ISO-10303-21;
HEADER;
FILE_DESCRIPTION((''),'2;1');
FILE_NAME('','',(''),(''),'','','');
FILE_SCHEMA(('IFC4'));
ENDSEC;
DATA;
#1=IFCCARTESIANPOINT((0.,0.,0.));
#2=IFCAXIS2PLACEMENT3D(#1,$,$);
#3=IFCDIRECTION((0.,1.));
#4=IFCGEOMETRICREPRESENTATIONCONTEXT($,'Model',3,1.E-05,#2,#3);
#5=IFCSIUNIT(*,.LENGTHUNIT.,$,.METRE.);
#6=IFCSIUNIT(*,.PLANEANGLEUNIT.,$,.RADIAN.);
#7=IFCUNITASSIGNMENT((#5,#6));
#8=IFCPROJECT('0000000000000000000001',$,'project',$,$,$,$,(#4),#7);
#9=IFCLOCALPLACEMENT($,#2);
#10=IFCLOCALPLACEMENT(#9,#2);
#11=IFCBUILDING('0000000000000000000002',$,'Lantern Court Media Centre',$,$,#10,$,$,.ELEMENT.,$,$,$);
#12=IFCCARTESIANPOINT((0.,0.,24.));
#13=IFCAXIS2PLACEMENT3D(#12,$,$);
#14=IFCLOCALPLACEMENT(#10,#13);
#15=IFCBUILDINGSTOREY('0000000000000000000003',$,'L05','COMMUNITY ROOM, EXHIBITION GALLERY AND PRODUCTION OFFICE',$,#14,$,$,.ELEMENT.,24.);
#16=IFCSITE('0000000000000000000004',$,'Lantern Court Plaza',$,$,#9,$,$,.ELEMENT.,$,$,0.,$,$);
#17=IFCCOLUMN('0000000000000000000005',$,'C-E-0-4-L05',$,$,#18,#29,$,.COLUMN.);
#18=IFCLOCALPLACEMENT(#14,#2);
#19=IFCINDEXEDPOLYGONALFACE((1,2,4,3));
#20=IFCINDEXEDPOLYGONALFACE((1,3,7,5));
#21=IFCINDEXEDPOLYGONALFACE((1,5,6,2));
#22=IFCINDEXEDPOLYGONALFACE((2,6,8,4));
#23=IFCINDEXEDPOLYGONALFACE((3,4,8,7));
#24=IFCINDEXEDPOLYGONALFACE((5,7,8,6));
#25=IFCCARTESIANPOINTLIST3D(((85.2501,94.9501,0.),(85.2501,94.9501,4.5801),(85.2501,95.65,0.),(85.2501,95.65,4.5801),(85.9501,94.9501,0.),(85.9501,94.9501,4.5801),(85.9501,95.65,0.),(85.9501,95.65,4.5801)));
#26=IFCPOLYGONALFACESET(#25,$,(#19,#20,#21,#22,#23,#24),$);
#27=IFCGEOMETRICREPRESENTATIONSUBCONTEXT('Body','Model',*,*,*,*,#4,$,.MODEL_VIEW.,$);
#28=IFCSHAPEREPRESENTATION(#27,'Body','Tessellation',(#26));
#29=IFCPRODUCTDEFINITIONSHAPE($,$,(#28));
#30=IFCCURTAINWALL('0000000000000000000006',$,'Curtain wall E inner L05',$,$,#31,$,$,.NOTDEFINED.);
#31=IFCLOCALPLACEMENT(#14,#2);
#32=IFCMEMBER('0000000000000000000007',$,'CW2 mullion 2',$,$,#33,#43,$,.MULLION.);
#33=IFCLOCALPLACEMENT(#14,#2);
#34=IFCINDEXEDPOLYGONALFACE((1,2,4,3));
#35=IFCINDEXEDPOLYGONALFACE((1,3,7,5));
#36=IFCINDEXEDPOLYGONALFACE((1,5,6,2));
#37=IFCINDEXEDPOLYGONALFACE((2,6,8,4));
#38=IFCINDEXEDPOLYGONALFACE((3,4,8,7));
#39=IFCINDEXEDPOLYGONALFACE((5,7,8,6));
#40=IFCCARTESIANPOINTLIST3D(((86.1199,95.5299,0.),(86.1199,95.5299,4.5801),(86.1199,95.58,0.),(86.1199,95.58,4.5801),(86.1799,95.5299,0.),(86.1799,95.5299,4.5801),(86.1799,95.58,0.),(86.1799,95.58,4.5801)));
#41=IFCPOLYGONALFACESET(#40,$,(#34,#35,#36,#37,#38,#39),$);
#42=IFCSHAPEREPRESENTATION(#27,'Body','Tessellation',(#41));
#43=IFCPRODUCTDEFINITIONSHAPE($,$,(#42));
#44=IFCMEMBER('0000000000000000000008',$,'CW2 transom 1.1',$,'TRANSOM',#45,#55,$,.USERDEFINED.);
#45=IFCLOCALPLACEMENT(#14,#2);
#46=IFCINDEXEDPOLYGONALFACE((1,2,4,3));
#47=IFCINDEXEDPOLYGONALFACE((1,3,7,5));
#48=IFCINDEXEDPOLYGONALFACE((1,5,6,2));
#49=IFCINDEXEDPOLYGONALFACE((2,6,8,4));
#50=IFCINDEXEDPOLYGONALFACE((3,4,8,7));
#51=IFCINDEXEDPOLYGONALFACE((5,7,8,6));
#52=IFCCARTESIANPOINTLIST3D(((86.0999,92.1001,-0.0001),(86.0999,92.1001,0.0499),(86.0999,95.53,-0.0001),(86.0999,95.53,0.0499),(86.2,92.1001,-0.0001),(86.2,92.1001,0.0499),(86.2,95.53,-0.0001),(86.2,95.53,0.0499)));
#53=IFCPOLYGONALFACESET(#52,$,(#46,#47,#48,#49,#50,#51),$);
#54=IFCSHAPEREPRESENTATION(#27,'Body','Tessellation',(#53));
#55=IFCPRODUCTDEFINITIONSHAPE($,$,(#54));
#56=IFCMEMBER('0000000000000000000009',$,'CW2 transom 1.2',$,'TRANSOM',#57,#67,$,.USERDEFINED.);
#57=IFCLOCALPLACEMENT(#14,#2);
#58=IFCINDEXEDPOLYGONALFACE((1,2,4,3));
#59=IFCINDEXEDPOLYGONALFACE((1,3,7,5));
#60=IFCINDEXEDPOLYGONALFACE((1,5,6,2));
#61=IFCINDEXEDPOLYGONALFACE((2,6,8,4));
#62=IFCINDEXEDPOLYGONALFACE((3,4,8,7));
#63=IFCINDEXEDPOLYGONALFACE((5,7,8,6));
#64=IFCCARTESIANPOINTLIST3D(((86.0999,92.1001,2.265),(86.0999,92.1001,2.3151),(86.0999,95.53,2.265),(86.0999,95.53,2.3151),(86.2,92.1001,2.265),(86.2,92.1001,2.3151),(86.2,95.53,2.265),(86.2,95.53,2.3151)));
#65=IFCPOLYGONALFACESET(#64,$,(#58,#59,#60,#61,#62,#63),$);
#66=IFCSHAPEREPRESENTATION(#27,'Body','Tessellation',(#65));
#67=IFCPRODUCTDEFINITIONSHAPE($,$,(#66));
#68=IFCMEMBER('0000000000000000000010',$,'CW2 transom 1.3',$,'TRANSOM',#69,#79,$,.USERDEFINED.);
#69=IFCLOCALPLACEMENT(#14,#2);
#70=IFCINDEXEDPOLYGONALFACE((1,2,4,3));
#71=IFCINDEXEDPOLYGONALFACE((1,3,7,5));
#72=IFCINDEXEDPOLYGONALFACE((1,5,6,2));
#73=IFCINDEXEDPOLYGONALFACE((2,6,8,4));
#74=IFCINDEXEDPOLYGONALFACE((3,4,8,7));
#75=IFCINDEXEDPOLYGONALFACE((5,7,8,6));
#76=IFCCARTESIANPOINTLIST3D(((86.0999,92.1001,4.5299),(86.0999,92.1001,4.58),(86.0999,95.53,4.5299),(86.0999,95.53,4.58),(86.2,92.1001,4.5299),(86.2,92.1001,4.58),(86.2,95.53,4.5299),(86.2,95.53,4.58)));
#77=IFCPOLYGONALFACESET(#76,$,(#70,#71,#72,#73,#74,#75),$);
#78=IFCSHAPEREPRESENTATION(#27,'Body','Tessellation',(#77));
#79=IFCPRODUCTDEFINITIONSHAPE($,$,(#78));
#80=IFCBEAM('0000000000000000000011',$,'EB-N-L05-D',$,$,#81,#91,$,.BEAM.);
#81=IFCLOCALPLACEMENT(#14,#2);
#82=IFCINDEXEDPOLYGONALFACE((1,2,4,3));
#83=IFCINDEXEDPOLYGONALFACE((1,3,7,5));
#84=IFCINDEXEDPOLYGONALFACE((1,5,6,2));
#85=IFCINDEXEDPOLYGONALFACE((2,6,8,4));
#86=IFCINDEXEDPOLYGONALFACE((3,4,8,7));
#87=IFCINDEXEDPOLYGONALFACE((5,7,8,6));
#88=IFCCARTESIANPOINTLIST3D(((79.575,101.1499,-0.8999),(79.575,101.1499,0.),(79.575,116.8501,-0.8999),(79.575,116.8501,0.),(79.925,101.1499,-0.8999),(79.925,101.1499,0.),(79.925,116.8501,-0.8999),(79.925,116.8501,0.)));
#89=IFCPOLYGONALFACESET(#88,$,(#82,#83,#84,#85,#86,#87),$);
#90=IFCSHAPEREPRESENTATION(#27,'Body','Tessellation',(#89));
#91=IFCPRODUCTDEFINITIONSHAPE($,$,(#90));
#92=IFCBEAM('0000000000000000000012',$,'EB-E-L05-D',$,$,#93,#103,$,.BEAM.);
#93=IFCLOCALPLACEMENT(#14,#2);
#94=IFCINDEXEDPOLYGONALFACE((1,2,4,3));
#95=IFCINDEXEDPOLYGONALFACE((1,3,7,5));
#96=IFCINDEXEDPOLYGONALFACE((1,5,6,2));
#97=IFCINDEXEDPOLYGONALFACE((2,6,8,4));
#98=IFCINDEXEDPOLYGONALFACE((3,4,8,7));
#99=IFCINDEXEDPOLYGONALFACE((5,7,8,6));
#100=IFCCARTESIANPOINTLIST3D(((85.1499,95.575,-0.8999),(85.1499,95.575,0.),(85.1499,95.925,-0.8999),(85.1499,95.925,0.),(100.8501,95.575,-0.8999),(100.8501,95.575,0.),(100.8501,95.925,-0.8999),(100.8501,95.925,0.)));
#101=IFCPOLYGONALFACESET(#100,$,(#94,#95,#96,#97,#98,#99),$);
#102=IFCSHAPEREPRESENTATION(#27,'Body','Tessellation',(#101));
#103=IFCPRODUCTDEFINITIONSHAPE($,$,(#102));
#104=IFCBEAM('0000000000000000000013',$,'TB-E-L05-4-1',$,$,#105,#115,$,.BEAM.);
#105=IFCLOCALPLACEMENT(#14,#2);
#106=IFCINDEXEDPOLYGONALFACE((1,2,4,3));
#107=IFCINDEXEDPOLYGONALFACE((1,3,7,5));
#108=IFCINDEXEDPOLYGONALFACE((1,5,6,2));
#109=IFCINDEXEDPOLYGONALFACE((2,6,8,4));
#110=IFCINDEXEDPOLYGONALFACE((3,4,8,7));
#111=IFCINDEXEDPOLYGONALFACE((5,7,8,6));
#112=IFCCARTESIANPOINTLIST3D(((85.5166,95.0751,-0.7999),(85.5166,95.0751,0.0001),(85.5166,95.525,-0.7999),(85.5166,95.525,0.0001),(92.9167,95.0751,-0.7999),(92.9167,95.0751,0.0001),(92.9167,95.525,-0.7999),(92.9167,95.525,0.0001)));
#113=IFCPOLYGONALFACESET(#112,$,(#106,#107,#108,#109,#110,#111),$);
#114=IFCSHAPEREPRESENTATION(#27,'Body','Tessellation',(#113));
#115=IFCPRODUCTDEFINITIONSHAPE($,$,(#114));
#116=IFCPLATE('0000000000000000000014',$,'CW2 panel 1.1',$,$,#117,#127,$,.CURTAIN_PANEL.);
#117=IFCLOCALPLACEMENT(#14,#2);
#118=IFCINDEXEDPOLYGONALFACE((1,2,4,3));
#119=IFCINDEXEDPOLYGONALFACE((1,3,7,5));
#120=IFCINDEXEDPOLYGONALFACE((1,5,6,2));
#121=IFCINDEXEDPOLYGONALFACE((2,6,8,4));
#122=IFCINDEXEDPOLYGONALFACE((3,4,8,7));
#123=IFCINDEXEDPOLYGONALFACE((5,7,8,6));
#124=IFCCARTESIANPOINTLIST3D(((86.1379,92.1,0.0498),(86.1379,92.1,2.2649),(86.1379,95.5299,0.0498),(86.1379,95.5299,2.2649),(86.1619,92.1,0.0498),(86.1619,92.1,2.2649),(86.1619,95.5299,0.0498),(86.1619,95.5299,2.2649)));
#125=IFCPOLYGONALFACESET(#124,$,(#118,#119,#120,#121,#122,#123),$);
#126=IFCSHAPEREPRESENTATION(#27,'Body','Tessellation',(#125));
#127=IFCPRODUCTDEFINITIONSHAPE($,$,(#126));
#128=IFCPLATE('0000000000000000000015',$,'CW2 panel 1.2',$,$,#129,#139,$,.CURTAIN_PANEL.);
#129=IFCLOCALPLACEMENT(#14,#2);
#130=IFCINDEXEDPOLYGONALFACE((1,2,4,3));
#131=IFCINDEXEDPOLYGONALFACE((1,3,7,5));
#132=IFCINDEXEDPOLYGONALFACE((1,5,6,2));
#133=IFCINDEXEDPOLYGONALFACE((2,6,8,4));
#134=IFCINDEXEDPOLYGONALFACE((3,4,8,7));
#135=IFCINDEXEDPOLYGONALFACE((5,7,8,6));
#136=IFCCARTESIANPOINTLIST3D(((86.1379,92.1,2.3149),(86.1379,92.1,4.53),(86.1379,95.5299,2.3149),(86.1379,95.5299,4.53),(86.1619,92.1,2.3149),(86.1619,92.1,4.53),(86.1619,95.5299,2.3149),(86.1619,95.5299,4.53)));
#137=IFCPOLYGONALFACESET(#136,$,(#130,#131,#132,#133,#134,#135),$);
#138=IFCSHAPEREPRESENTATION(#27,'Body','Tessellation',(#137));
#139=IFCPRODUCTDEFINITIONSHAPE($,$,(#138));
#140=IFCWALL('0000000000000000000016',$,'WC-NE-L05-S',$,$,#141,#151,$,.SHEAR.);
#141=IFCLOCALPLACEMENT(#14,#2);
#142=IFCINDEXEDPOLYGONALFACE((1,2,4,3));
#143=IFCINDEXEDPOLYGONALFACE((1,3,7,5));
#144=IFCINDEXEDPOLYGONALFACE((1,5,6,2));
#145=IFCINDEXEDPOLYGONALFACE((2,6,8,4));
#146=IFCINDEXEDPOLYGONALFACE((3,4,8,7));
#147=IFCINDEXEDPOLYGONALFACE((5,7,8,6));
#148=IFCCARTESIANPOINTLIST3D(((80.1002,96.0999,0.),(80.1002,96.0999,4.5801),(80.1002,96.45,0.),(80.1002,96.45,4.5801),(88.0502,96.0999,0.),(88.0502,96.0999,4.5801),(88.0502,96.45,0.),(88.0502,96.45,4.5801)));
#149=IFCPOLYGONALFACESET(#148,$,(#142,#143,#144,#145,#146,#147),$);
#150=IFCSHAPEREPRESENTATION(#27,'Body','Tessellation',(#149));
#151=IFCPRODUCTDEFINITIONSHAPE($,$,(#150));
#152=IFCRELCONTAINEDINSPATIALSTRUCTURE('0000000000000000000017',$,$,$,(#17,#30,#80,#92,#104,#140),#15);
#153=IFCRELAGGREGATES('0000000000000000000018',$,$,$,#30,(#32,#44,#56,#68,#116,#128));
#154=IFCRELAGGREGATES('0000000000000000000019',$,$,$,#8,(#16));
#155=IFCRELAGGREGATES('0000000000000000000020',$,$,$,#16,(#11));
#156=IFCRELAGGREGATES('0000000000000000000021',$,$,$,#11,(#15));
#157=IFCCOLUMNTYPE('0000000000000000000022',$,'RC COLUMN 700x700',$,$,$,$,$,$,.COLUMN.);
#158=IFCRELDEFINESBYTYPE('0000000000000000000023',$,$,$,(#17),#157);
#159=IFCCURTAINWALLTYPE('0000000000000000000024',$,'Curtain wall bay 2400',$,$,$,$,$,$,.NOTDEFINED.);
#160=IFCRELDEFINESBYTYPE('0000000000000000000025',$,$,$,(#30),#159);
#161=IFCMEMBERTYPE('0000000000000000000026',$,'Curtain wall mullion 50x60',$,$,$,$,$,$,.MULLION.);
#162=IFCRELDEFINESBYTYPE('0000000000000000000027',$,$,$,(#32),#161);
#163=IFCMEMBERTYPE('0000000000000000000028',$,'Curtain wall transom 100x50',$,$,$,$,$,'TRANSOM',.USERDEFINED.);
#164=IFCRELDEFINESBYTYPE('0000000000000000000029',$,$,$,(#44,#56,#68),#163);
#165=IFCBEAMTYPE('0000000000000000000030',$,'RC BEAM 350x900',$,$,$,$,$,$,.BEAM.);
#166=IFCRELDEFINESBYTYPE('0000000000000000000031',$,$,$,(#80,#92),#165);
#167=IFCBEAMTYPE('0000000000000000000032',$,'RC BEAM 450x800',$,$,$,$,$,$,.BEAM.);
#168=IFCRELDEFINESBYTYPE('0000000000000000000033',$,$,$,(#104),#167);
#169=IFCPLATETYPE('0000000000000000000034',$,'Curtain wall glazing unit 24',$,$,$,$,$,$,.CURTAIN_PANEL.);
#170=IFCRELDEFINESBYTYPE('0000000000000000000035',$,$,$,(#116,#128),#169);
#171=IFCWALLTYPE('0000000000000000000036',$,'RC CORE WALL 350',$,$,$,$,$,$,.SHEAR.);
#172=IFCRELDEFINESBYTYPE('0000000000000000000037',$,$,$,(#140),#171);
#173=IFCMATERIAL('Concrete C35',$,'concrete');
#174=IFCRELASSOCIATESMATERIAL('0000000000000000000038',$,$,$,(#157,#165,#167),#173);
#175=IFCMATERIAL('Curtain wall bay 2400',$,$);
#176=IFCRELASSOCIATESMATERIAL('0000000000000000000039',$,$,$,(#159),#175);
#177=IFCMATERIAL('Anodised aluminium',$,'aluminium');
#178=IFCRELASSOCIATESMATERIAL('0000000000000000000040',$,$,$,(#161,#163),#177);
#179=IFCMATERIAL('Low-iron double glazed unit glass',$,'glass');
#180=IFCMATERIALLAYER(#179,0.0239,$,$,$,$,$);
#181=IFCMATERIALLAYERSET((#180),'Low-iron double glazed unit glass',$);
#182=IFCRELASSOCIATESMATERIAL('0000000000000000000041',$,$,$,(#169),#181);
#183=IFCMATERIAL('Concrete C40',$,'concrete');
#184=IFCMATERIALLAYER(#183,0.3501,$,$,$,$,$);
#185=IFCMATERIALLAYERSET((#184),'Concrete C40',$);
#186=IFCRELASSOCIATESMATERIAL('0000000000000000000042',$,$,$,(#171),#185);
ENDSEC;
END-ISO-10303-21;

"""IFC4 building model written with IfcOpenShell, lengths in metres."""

from ifc_helpers import new_model, si_unit, direction, frame, frame_2d, origin, origin_2d, place, context, subcontext, project, spatial, rectangle, extrude, material, layer, layer_set, material_profile, profile_set, type_object, element, aggregate, save


model = new_model("IFC4")

# Units and contexts
model_context = context("Model", 3, precision=1e-05, world=origin(), true_north=direction((0.0, 1.0)))
body_context = subcontext(model_context, "Body", "Model", "MODEL_VIEW")
ifc_project = project(units=[si_unit("LENGTHUNIT", "METRE"), si_unit("PLANEANGLEUNIT", "RADIAN")], contexts=[model_context])

# Site, building, storey
site_placement = place(None, origin())
site = spatial("IfcSite", under=ifc_project, at=site_placement, Name="Lantern Court Plaza", CompositionType="ELEMENT", RefElevation=0.0)
building_placement = place(site_placement, origin())
building = spatial("IfcBuilding", under=site, at=building_placement, Name="Lantern Court Media Centre", CompositionType="ELEMENT")
storey_placement = place(building_placement, frame((0.0, 0.0, 24.0)))
storey = spatial("IfcBuildingStorey", under=building, at=storey_placement, Name="L05", Description="COMMUNITY ROOM, EXHIBITION GALLERY AND PRODUCTION OFFICE", CompositionType="ELEMENT", Elevation=24.0)

# Column
ifc_material_1 = material(Name="Concrete C35", Category="concrete")
ifc_material_profile_1 = material_profile(ifc_material_1, rectangle(XDim=0.7, YDim=0.7, at=origin_2d()), Name="RC 700x700")
ifc_profile_set_1 = profile_set([ifc_material_profile_1], Name="Concrete C35")
column_type = type_object("IfcColumnType", Name="RC COLUMN 700x700", PredefinedType="COLUMN", material=ifc_profile_set_1)
column_placement = place(storey_placement, frame((85.6001, 95.3, 0.0), z_axis=(0.0, 0.0, 1.0), x_axis=(1.0, 0.0, 0.0)))
element("IfcColumn", 1, at=column_placement, inside=storey, type_object=column_type, Name="C-E-0-4-L05", PredefinedType="COLUMN", context=body_context, shape_type="SweptSolid", body=[
    extrude(rectangle(XDim=0.7, YDim=0.7, at=origin_2d()), origin(), (0.0, 0.0, 1.0), 4.5801),
])

# Curtain wall, members
ifc_material_2 = material(Name="Curtain wall bay 2400")
curtain_wall_type = type_object("IfcCurtainWallType", Name="Curtain wall bay 2400", PredefinedType="NOTDEFINED", material=ifc_material_2)
curtain_wall_placement = place(storey_placement, origin())
curtain_wall = element("IfcCurtainWall", 2, at=curtain_wall_placement, inside=storey, type_object=curtain_wall_type, Name="Curtain wall E inner L05", PredefinedType="NOTDEFINED")
ifc_material_3 = material(Name="Anodised aluminium", Category="aluminium")
ifc_material_profile_2 = material_profile(ifc_material_3, rectangle(XDim=0.0601, YDim=0.05, at=origin_2d()), Name="AL 50x60")
ifc_profile_set_2 = profile_set([ifc_material_profile_2], Name="Anodised aluminium")
member_type_1 = type_object("IfcMemberType", Name="Curtain wall mullion 50x60", PredefinedType="MULLION", material=ifc_profile_set_2)
member_1_placement = place(storey_placement, frame((86.1499, 95.5549, 0.0), z_axis=(0.0, 0.0, 1.0), x_axis=(-1.0, 0.0, 0.0)))
member_1 = element("IfcMember", 3, at=member_1_placement, type_object=member_type_1, Name="CW2 mullion 2", PredefinedType="MULLION", context=body_context, shape_type="SweptSolid", body=[
    extrude(rectangle(XDim=0.0601, YDim=0.05, at=origin_2d()), origin(), (0.0, 0.0, 1.0), 4.5801),
])
ifc_material_profile_3 = material_profile(ifc_material_3, rectangle(XDim=0.1001, YDim=0.05, at=origin_2d()), Name="AL 50x100")
ifc_profile_set_3 = profile_set([ifc_material_profile_3], Name="Anodised aluminium")
member_type_2 = type_object("IfcMemberType", Name="Curtain wall transom 100x50", ElementType="TRANSOM", PredefinedType="USERDEFINED", material=ifc_profile_set_3)
member_2_placement = place(storey_placement, frame((86.1499, 92.1001, 0.0249), z_axis=(0.0, 1.0, 0.0), x_axis=(-1.0, 0.0, 0.0)))
member_2 = element("IfcMember", 4, at=member_2_placement, type_object=member_type_2, Name="CW2 transom 1.1", ObjectType="TRANSOM", PredefinedType="USERDEFINED", context=body_context, shape_type="SweptSolid", body=[
    extrude(rectangle(XDim=0.1001, YDim=0.05, at=origin_2d()), origin(), (0.0, 0.0, 1.0), 3.4299),
])
member_3_placement = place(storey_placement, frame((86.1499, 92.1001, 2.29), z_axis=(0.0, 1.0, 0.0), x_axis=(-1.0, 0.0, 0.0)))
member_3 = element("IfcMember", 5, at=member_3_placement, type_object=member_type_2, Name="CW2 transom 1.2", ObjectType="TRANSOM", PredefinedType="USERDEFINED", context=body_context, shape_type="SweptSolid", body=[
    extrude(rectangle(XDim=0.1001, YDim=0.05, at=origin_2d()), origin(), (0.0, 0.0, 1.0), 3.4299),
])
member_4_placement = place(storey_placement, frame((86.1499, 92.1001, 4.5549), z_axis=(0.0, 1.0, 0.0), x_axis=(-1.0, 0.0, 0.0)))
member_4 = element("IfcMember", 6, at=member_4_placement, type_object=member_type_2, Name="CW2 transom 1.3", ObjectType="TRANSOM", PredefinedType="USERDEFINED", context=body_context, shape_type="SweptSolid", body=[
    extrude(rectangle(XDim=0.1001, YDim=0.05, at=origin_2d()), origin(), (0.0, 0.0, 1.0), 3.4299),
])

# Beams
ifc_material_profile_4 = material_profile(ifc_material_1, rectangle(XDim=0.3501, YDim=0.8999, at=origin_2d()), Name="RC 350x900")
ifc_profile_set_4 = profile_set([ifc_material_profile_4], Name="Concrete C35")
beam_type_1 = type_object("IfcBeamType", Name="RC BEAM 350x900", PredefinedType="BEAM", material=ifc_profile_set_4)
for number, where, z_axis, x_axis, name in (
    (7, (79.75, 101.1499, -0.45), (0.0, 1.0, 0.0), (-1.0, 0.0, 0.0), "EB-N-L05-D"),
    (8, (85.1499, 95.75, -0.45), (1.0, 0.0, 0.0), (0.0, 1.0, 0.0), "EB-E-L05-D"),
):
    element("IfcBeam", number, at=place(storey_placement, frame(where, z_axis=z_axis, x_axis=x_axis)), inside=storey, type_object=beam_type_1, Name=name, PredefinedType="BEAM", context=body_context, shape_type="SweptSolid", body=[
        extrude(rectangle(XDim=0.3501, YDim=0.8999, at=origin_2d()), origin(), (0.0, 0.0, 1.0), 15.7002),
    ])
ifc_material_profile_5 = material_profile(ifc_material_1, rectangle(XDim=0.45, YDim=0.8, at=origin_2d()), Name="RC 450x800")
ifc_profile_set_5 = profile_set([ifc_material_profile_5], Name="Concrete C35")
beam_type_2 = type_object("IfcBeamType", Name="RC BEAM 450x800", PredefinedType="BEAM", material=ifc_profile_set_5)
beam_placement = place(storey_placement, frame((85.5166, 95.3, -0.3999), z_axis=(1.0, 0.0, 0.0), x_axis=(0.0, 1.0, 0.0)))
element("IfcBeam", 9, at=beam_placement, inside=storey, type_object=beam_type_2, Name="TB-E-L05-4-1", PredefinedType="BEAM", context=body_context, shape_type="SweptSolid", body=[
    extrude(rectangle(XDim=0.45, YDim=0.8, at=origin_2d()), origin(), (0.0, 0.0, 1.0), 7.4001),
])

# Plates
ifc_material_4 = material(Name="Low-iron double glazed unit glass", Category="glass")
ifc_layer_1 = layer(ifc_material_4, 0.0239)
ifc_layer_set_1 = layer_set([ifc_layer_1], Name="Low-iron double glazed unit glass")
plate_type = type_object("IfcPlateType", Name="Curtain wall glazing unit 24", PredefinedType="CURTAIN_PANEL", material=ifc_layer_set_1)
plate_1_placement = place(storey_placement, frame((86.1499, 93.8149, 0.0498), z_axis=(0.0, 0.0, 1.0), x_axis=(0.0, 1.0, 0.0)))
plate_1 = element("IfcPlate", 10, at=plate_1_placement, type_object=plate_type, Name="CW2 panel 1.1", PredefinedType="CURTAIN_PANEL", context=body_context, shape_type="SweptSolid", body=[
    extrude(rectangle(XDim=3.4299, YDim=0.0239, at=origin_2d()), origin(), (0.0, 0.0, 1.0), 2.2151),
])
plate_2_placement = place(storey_placement, frame((86.1499, 93.8149, 2.3149), z_axis=(0.0, 0.0, 1.0), x_axis=(0.0, 1.0, 0.0)))
plate_2 = element("IfcPlate", 11, at=plate_2_placement, type_object=plate_type, Name="CW2 panel 1.2", PredefinedType="CURTAIN_PANEL", context=body_context, shape_type="SweptSolid", body=[
    extrude(rectangle(XDim=3.4299, YDim=0.0239, at=origin_2d()), origin(), (0.0, 0.0, 1.0), 2.2151),
])
aggregate(curtain_wall, [member_1, member_2, member_3, member_4, plate_1, plate_2])

# Wall
ifc_material_5 = material(Name="Concrete C40", Category="concrete")
ifc_layer_2 = layer(ifc_material_5, 0.3501)
ifc_layer_set_2 = layer_set([ifc_layer_2], Name="Concrete C40")
wall_type_1 = type_object("IfcWallType", Name="RC CORE WALL 350", PredefinedType="SHEAR", material=ifc_layer_set_2)
wall_1_placement = place(storey_placement, frame((80.1001, 96.2749, 0.0), z_axis=(0.0, 0.0, 1.0), x_axis=(1.0, 0.0, 0.0)))
element("IfcWall", 12, at=wall_1_placement, inside=storey, type_object=wall_type_1, Name="WC-NE-L05-S", PredefinedType="SHEAR", context=body_context, shape_type="SweptSolid", body=[
    extrude(rectangle(XDim=7.95, YDim=0.3501, at=frame_2d((3.9751, 0.0))), origin(), (0.0, 0.0, 1.0), 4.5801),
])

save(model, "model.ifc")
